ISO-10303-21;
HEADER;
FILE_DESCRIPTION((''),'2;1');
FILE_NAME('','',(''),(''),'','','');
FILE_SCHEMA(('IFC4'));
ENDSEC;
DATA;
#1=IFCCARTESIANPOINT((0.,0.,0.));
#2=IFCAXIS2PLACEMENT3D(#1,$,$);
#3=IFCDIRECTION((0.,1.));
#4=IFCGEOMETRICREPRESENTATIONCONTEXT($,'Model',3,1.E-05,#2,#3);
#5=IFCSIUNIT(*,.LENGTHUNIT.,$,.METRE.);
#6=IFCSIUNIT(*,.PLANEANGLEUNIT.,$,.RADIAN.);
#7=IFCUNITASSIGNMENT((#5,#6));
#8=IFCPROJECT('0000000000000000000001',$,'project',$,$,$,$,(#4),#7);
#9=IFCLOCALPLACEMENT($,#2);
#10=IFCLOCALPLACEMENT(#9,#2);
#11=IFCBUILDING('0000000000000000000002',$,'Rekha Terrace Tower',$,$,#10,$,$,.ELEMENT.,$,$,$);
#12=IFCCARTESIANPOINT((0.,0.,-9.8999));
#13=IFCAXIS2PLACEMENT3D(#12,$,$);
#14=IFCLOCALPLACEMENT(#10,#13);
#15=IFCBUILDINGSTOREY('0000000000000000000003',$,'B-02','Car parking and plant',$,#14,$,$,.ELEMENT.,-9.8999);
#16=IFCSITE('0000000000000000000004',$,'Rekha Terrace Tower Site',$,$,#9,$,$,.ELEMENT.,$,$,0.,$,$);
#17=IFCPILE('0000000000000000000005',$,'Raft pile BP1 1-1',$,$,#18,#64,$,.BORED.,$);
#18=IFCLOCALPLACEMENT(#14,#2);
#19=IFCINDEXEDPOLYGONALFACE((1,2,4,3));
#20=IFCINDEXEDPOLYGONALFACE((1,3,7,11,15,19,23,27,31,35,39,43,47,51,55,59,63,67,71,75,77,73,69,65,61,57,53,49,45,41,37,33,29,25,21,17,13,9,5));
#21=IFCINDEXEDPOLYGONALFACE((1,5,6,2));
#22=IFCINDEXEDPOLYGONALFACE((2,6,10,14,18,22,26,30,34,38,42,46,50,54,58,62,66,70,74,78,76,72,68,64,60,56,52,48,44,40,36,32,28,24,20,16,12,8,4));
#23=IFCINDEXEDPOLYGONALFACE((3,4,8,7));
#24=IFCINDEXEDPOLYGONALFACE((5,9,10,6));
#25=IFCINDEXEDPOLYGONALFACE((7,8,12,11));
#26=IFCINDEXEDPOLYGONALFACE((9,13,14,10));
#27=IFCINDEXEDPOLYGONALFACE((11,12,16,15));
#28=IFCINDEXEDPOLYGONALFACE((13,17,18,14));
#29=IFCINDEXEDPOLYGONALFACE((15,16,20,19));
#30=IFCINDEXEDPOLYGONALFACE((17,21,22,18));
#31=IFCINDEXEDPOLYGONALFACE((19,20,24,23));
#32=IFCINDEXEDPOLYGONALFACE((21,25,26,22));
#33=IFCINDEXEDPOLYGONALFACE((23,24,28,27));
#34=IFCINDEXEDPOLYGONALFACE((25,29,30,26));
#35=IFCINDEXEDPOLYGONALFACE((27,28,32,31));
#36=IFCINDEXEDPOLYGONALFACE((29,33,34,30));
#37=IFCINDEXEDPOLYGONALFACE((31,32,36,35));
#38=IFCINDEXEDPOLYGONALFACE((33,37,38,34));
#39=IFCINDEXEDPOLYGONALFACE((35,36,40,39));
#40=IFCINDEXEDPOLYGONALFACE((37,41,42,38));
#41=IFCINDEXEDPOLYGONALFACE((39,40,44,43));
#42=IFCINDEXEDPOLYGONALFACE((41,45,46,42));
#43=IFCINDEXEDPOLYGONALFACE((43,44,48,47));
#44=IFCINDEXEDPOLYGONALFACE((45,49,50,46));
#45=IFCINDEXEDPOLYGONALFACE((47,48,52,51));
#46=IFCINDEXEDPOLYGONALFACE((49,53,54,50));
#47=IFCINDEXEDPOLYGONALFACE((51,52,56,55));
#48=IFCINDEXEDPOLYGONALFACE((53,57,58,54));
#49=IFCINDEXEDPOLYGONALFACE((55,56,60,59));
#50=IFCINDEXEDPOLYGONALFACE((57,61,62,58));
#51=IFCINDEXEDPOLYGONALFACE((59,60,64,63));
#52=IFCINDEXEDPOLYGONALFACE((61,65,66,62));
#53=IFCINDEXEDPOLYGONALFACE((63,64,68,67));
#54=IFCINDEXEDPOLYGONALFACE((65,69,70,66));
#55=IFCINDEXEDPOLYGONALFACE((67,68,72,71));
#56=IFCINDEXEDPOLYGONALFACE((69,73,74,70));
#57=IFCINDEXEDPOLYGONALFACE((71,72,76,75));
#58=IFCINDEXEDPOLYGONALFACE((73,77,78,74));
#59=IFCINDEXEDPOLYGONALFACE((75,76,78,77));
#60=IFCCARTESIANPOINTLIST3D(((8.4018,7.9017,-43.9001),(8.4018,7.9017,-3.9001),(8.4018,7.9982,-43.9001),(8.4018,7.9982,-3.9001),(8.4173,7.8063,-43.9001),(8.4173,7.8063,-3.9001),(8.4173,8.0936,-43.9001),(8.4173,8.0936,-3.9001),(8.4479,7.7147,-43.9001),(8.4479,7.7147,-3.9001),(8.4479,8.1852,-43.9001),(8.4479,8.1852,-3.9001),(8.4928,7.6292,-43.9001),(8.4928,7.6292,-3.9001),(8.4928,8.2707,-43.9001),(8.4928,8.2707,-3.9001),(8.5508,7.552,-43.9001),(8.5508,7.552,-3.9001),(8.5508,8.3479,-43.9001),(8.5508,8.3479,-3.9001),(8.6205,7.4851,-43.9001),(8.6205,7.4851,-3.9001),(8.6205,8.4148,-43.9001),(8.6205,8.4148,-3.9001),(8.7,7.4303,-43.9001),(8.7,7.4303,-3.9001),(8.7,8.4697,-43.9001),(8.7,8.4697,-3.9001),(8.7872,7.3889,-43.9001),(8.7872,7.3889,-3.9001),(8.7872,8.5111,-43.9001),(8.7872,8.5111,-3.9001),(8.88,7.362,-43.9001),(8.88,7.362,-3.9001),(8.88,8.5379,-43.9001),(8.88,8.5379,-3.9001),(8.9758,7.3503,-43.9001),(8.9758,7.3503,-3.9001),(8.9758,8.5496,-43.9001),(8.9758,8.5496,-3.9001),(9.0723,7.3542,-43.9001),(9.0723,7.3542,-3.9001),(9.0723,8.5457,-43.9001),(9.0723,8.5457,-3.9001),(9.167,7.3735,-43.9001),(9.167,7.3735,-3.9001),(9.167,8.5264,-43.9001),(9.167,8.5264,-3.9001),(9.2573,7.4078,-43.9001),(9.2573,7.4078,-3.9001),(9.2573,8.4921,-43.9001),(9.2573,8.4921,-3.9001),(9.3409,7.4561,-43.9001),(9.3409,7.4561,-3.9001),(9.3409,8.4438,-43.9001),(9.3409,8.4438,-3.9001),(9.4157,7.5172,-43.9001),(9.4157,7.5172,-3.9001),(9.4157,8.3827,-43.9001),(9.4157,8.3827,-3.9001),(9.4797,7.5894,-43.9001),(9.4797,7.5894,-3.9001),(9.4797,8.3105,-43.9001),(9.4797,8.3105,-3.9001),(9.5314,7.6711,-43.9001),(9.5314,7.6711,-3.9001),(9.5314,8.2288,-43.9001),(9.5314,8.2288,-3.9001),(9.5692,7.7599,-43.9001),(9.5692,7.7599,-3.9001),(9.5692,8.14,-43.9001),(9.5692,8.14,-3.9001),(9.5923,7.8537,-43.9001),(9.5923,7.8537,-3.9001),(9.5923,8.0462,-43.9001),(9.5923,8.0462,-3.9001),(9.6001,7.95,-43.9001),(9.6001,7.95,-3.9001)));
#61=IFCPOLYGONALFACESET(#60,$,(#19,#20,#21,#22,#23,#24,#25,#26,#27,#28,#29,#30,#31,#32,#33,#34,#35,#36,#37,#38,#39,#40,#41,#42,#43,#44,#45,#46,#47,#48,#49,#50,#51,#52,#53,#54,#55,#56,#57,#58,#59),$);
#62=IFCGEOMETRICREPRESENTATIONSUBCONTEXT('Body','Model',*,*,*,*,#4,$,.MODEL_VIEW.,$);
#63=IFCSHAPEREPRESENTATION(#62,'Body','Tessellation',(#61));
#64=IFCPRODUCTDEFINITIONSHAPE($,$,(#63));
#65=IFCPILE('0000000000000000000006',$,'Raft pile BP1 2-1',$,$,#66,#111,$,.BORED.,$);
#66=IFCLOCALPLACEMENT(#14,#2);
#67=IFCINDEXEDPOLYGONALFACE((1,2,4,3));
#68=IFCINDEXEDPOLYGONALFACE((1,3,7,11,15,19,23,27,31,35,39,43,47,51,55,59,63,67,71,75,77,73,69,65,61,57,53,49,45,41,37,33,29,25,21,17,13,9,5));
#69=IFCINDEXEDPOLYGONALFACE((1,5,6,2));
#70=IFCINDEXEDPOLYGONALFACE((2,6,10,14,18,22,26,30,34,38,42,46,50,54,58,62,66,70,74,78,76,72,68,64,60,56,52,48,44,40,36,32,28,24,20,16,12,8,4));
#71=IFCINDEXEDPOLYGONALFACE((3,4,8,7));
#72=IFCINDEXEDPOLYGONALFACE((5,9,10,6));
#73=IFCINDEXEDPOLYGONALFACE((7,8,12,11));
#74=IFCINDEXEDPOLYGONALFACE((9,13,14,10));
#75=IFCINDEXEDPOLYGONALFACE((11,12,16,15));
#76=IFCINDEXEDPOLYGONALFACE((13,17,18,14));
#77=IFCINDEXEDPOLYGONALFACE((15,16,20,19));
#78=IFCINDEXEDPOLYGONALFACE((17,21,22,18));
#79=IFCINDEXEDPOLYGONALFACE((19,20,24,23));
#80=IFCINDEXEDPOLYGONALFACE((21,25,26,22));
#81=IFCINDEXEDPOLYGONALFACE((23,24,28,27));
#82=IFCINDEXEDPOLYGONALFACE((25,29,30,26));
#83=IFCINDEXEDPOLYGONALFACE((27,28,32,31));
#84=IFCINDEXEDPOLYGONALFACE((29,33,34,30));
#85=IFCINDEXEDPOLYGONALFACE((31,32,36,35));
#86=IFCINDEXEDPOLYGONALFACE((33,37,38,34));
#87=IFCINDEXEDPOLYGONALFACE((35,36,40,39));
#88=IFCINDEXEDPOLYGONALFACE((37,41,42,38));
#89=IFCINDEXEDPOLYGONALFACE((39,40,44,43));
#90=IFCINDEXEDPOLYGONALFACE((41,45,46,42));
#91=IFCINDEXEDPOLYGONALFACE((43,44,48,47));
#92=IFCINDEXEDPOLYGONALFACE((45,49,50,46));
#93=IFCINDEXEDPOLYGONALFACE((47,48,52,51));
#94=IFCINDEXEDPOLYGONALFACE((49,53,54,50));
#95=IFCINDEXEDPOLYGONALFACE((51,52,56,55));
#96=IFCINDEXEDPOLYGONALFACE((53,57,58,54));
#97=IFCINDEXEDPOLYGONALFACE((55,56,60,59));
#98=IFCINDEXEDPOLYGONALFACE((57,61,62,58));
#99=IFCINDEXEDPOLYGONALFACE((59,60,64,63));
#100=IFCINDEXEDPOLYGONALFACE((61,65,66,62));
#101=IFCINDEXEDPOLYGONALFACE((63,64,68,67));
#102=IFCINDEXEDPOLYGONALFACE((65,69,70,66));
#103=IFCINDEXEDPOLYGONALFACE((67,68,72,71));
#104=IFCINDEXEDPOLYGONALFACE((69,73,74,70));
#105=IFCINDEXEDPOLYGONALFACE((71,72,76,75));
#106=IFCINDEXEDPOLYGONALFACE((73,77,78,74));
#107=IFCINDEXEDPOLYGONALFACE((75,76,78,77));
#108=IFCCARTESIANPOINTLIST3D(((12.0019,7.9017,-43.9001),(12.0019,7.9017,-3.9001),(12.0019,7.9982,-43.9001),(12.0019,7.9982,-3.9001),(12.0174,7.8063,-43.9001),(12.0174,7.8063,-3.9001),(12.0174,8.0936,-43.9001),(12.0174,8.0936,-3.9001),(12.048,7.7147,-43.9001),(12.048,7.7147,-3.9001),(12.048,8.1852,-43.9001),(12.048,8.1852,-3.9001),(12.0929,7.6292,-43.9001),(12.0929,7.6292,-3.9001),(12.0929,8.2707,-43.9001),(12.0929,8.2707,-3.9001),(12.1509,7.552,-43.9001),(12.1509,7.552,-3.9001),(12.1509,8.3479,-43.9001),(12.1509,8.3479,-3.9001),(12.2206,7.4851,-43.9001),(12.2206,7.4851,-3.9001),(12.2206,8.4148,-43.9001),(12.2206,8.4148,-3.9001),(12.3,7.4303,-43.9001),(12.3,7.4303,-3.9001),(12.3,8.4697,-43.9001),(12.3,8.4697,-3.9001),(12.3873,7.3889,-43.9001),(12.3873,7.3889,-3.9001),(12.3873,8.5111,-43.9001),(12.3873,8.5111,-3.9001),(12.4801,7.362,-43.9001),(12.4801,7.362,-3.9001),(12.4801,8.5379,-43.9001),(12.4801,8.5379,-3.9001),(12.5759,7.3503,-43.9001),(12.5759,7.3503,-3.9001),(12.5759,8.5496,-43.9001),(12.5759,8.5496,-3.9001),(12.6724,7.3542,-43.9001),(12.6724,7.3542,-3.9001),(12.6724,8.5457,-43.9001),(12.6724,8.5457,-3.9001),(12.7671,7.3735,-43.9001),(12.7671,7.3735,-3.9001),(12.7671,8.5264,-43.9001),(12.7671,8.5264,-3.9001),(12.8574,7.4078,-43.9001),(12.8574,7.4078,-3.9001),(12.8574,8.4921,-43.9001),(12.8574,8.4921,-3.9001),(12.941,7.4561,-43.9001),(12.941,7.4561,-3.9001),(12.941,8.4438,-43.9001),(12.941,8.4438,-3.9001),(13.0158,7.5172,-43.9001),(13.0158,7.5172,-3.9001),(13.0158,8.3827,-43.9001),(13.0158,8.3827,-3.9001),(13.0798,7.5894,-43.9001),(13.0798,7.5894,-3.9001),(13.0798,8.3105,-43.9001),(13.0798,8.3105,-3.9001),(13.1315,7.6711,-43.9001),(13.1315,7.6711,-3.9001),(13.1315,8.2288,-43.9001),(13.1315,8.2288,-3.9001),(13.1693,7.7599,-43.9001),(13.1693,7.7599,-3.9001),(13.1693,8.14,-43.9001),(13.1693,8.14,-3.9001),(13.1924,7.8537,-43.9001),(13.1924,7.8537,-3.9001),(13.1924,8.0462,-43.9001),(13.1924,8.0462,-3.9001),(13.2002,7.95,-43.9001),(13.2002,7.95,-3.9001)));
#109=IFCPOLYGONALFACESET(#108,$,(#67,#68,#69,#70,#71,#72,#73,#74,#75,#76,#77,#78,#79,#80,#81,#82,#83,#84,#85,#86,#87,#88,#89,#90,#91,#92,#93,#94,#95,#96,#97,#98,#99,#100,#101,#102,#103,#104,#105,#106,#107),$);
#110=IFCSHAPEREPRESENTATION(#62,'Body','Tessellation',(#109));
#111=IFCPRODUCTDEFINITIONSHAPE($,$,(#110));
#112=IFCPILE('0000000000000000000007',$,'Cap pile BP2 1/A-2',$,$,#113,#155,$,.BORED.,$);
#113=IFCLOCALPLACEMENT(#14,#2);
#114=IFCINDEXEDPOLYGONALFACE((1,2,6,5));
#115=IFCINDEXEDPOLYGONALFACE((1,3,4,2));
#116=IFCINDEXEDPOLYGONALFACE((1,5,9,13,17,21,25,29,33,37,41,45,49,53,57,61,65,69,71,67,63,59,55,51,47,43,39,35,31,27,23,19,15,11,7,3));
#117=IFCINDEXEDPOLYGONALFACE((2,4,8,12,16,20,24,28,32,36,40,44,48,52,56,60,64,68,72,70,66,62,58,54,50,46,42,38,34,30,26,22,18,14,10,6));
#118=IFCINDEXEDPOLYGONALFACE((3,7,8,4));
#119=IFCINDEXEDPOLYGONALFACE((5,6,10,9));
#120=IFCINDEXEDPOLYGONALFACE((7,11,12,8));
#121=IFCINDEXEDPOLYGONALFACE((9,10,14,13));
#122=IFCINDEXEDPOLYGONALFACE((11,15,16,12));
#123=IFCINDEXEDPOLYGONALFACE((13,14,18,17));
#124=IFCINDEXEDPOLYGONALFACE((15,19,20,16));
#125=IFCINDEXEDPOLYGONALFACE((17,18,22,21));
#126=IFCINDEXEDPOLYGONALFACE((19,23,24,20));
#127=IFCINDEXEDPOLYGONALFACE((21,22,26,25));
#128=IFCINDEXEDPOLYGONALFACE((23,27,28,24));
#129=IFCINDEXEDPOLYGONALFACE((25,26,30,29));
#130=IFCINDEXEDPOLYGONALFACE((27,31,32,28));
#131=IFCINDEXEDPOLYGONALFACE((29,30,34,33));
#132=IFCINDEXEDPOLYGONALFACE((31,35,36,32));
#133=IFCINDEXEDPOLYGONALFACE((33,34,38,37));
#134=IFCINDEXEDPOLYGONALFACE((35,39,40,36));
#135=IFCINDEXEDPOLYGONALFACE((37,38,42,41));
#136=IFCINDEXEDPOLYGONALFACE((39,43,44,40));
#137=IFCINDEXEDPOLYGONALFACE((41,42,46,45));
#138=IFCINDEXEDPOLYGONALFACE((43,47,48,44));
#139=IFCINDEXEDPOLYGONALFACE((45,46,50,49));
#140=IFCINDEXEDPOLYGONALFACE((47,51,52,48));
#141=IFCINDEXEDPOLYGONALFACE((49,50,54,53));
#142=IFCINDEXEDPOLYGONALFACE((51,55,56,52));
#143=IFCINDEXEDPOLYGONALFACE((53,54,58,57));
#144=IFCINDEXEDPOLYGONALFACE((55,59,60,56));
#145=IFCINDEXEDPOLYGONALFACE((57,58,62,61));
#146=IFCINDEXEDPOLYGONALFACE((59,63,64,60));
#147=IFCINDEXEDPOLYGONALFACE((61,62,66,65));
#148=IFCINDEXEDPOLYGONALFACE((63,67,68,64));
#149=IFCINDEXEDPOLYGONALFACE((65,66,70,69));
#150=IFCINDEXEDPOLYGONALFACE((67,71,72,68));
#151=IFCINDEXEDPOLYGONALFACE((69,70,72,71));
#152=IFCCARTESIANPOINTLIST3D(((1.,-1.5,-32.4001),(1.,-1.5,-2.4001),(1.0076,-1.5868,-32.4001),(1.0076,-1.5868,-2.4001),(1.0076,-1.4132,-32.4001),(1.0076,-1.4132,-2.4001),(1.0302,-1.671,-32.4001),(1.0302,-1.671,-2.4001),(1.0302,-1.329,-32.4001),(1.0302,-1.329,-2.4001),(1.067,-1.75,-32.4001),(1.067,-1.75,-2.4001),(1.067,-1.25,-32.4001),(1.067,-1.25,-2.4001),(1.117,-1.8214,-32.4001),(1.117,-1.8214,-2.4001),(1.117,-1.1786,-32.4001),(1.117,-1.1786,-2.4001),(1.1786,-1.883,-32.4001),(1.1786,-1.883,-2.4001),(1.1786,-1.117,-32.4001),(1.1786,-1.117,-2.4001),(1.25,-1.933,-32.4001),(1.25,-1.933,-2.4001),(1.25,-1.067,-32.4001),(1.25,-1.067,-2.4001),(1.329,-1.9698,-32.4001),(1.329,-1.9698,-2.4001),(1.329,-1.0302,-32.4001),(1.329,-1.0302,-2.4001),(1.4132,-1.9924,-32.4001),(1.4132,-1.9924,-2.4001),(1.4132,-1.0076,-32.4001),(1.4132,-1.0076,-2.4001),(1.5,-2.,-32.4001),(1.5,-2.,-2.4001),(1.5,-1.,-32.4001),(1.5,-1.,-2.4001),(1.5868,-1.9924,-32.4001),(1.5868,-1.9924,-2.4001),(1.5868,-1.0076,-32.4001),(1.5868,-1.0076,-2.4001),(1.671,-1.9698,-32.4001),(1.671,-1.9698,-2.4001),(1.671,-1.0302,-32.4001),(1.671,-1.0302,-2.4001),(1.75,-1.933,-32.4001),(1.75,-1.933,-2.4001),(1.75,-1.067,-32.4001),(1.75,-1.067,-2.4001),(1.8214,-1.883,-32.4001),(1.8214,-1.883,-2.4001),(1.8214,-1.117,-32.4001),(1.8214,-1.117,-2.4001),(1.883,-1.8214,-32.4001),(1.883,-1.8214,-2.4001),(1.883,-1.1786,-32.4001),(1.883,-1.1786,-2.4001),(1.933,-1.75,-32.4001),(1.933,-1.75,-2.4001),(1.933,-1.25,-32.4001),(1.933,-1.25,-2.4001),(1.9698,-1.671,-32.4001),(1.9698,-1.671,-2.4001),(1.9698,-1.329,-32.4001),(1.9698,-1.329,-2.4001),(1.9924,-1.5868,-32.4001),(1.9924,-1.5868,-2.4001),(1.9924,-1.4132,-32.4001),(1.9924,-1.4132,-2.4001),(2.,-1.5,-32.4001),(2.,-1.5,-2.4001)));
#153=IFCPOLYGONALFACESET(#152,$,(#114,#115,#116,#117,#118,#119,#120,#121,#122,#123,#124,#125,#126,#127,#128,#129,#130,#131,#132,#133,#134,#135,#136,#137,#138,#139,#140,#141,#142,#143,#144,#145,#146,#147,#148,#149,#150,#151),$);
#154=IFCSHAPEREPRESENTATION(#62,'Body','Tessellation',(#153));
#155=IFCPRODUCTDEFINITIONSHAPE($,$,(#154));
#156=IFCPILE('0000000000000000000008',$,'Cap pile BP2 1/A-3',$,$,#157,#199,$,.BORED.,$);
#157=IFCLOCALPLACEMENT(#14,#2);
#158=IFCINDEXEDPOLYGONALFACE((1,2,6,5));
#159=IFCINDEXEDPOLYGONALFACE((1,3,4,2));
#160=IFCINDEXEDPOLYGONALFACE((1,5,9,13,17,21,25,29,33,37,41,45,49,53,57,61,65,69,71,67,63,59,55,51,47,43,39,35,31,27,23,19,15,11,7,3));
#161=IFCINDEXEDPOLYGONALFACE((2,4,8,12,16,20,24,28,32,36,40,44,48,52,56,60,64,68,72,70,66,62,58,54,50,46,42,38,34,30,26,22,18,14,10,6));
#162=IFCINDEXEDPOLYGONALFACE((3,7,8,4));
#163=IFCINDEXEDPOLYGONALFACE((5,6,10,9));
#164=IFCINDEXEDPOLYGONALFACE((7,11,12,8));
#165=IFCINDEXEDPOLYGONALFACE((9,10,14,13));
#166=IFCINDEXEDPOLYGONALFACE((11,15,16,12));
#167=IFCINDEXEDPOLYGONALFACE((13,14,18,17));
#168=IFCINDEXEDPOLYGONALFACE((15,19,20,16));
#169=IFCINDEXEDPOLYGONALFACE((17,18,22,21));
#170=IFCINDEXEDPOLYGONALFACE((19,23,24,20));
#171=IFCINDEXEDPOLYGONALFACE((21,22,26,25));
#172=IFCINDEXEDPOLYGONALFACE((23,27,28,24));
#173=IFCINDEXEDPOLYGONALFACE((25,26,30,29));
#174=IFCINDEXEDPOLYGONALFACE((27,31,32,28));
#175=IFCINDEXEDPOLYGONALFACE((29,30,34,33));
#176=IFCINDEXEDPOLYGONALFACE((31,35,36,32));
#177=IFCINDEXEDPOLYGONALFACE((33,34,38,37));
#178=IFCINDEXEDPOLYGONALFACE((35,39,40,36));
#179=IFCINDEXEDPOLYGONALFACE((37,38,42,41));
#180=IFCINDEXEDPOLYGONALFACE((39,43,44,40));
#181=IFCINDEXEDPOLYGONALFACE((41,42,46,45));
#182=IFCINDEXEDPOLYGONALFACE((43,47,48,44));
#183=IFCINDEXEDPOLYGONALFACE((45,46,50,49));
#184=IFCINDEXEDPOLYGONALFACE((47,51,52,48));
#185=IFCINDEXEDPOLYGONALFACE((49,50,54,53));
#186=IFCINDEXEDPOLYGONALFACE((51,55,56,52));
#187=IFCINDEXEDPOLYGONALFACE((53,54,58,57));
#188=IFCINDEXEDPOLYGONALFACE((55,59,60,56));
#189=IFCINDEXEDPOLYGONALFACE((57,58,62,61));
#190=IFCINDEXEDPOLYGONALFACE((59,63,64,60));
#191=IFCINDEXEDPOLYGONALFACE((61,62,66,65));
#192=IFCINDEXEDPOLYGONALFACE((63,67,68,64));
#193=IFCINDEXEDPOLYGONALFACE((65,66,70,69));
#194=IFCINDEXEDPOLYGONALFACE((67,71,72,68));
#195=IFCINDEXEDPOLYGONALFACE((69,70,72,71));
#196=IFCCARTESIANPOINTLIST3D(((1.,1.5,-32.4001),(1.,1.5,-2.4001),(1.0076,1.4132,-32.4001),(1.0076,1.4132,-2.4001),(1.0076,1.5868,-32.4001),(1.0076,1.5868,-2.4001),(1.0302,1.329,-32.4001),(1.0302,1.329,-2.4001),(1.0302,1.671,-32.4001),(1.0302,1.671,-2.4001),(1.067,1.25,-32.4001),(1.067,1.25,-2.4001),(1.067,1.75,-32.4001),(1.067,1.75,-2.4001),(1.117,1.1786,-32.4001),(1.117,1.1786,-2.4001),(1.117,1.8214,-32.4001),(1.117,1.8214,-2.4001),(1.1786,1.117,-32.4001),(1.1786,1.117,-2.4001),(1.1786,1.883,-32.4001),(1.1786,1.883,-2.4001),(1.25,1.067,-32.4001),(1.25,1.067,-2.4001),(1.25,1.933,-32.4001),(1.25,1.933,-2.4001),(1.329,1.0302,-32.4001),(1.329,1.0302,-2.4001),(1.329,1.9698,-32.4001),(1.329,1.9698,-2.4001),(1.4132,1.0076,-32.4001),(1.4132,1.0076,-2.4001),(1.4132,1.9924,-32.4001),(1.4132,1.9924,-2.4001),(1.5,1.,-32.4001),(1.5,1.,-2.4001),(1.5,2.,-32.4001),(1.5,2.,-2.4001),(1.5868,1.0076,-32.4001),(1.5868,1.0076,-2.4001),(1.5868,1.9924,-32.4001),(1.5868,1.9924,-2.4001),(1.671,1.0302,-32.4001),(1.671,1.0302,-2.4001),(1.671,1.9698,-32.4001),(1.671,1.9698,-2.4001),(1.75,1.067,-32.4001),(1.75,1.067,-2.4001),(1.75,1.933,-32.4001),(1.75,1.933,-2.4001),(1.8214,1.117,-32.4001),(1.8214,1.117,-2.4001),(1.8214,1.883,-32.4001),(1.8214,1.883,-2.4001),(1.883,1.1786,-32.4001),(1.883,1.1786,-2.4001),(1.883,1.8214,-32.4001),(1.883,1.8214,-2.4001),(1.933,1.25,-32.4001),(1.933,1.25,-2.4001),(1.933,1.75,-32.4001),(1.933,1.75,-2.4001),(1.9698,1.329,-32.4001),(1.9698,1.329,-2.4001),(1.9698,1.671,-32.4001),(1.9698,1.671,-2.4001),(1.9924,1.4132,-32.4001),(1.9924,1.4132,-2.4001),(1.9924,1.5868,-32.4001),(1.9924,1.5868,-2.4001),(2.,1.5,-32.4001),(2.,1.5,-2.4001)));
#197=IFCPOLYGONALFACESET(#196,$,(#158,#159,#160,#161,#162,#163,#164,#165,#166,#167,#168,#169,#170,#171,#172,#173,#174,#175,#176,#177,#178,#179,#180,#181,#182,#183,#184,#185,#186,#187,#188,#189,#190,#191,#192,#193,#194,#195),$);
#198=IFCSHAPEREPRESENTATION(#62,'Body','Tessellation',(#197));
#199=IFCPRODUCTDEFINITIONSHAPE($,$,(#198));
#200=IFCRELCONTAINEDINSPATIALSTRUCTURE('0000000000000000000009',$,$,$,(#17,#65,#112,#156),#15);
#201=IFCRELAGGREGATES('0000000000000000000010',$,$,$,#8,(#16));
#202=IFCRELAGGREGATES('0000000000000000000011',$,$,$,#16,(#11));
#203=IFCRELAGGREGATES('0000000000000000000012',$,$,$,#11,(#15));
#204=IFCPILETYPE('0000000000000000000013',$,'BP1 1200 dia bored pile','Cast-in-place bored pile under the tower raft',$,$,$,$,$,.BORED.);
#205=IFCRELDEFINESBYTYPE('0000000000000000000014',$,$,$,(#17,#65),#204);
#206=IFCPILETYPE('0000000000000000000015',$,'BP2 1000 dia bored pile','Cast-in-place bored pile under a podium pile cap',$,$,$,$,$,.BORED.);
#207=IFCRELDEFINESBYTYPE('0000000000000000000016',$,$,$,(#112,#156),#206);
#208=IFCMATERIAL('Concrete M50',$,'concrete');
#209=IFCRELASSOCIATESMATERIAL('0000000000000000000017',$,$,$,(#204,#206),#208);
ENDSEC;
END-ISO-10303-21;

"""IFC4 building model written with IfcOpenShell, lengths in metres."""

from ifc_helpers import new_model, si_unit, direction, frame, origin, origin_2d, place, context, subcontext, project, spatial, circle, extrude, material, type_object, element, save


model = new_model("IFC4")

# Units and contexts
model_context = context("Model", 3, precision=1e-05, world=origin(), true_north=direction((0.0, 1.0)))
body_context = subcontext(model_context, "Body", "Model", "MODEL_VIEW")
ifc_project = project(units=[si_unit("LENGTHUNIT", "METRE"), si_unit("PLANEANGLEUNIT", "RADIAN")], contexts=[model_context])

# Site, building, storey
site_placement = place(None, origin())
site = spatial("IfcSite", under=ifc_project, at=site_placement, Name="Rekha Terrace Tower Site", CompositionType="ELEMENT", RefElevation=0.0)
building_placement = place(site_placement, origin())
building = spatial("IfcBuilding", under=site, at=building_placement, Name="Rekha Terrace Tower", CompositionType="ELEMENT")
storey_placement = place(building_placement, frame((0.0, 0.0, -9.8999)))
storey = spatial("IfcBuildingStorey", under=building, at=storey_placement, Name="B-02", Description="Car parking and plant", CompositionType="ELEMENT", Elevation=-9.8999)

# Piles
ifc_material_1 = material(Name="Concrete M50", Category="concrete")
pile_type_1 = type_object("IfcPileType", Name="BP1 1200 dia bored pile", Description="Cast-in-place bored pile under the tower raft", PredefinedType="BORED", material=ifc_material_1)
for number, where, z_axis, x_axis, name in (
    (1, (9.0, 7.95, -3.9001), (0.0, 0.0, -1.0), (1.0, 0.0, 0.0), "Raft pile BP1 1-1"),
    (2, (12.6001, 7.95, -3.9001), (0.0, 0.0, -1.0), (1.0, 0.0, 0.0), "Raft pile BP1 2-1"),
):
    element("IfcPile", number, at=place(storey_placement, frame(where, z_axis=z_axis, x_axis=x_axis)), inside=storey, type_object=pile_type_1, Name=name, PredefinedType="BORED", context=body_context, shape_type="SweptSolid", body=[
        extrude(circle(Radius=0.6001, at=origin_2d()), origin(), (0.0, 0.0, 1.0), 40.0),
    ])
pile_type_2 = type_object("IfcPileType", Name="BP2 1000 dia bored pile", Description="Cast-in-place bored pile under a podium pile cap", PredefinedType="BORED", material=ifc_material_1)
for number, where, z_axis, x_axis, name in (
    (3, (1.5, -1.5, -2.4001), (0.0, 0.0, -1.0), (1.0, 0.0, 0.0), "Cap pile BP2 1/A-2"),
    (4, (1.5, 1.5, -2.4001), (0.0, 0.0, -1.0), (1.0, 0.0, 0.0), "Cap pile BP2 1/A-3"),
):
    element("IfcPile", number, at=place(storey_placement, frame(where, z_axis=z_axis, x_axis=x_axis)), inside=storey, type_object=pile_type_2, Name=name, PredefinedType="BORED", context=body_context, shape_type="SweptSolid", body=[
        extrude(circle(Radius=0.5, at=origin_2d()), origin(), (0.0, 0.0, 1.0), 30.0),
    ])

save(model, "model.ifc")
